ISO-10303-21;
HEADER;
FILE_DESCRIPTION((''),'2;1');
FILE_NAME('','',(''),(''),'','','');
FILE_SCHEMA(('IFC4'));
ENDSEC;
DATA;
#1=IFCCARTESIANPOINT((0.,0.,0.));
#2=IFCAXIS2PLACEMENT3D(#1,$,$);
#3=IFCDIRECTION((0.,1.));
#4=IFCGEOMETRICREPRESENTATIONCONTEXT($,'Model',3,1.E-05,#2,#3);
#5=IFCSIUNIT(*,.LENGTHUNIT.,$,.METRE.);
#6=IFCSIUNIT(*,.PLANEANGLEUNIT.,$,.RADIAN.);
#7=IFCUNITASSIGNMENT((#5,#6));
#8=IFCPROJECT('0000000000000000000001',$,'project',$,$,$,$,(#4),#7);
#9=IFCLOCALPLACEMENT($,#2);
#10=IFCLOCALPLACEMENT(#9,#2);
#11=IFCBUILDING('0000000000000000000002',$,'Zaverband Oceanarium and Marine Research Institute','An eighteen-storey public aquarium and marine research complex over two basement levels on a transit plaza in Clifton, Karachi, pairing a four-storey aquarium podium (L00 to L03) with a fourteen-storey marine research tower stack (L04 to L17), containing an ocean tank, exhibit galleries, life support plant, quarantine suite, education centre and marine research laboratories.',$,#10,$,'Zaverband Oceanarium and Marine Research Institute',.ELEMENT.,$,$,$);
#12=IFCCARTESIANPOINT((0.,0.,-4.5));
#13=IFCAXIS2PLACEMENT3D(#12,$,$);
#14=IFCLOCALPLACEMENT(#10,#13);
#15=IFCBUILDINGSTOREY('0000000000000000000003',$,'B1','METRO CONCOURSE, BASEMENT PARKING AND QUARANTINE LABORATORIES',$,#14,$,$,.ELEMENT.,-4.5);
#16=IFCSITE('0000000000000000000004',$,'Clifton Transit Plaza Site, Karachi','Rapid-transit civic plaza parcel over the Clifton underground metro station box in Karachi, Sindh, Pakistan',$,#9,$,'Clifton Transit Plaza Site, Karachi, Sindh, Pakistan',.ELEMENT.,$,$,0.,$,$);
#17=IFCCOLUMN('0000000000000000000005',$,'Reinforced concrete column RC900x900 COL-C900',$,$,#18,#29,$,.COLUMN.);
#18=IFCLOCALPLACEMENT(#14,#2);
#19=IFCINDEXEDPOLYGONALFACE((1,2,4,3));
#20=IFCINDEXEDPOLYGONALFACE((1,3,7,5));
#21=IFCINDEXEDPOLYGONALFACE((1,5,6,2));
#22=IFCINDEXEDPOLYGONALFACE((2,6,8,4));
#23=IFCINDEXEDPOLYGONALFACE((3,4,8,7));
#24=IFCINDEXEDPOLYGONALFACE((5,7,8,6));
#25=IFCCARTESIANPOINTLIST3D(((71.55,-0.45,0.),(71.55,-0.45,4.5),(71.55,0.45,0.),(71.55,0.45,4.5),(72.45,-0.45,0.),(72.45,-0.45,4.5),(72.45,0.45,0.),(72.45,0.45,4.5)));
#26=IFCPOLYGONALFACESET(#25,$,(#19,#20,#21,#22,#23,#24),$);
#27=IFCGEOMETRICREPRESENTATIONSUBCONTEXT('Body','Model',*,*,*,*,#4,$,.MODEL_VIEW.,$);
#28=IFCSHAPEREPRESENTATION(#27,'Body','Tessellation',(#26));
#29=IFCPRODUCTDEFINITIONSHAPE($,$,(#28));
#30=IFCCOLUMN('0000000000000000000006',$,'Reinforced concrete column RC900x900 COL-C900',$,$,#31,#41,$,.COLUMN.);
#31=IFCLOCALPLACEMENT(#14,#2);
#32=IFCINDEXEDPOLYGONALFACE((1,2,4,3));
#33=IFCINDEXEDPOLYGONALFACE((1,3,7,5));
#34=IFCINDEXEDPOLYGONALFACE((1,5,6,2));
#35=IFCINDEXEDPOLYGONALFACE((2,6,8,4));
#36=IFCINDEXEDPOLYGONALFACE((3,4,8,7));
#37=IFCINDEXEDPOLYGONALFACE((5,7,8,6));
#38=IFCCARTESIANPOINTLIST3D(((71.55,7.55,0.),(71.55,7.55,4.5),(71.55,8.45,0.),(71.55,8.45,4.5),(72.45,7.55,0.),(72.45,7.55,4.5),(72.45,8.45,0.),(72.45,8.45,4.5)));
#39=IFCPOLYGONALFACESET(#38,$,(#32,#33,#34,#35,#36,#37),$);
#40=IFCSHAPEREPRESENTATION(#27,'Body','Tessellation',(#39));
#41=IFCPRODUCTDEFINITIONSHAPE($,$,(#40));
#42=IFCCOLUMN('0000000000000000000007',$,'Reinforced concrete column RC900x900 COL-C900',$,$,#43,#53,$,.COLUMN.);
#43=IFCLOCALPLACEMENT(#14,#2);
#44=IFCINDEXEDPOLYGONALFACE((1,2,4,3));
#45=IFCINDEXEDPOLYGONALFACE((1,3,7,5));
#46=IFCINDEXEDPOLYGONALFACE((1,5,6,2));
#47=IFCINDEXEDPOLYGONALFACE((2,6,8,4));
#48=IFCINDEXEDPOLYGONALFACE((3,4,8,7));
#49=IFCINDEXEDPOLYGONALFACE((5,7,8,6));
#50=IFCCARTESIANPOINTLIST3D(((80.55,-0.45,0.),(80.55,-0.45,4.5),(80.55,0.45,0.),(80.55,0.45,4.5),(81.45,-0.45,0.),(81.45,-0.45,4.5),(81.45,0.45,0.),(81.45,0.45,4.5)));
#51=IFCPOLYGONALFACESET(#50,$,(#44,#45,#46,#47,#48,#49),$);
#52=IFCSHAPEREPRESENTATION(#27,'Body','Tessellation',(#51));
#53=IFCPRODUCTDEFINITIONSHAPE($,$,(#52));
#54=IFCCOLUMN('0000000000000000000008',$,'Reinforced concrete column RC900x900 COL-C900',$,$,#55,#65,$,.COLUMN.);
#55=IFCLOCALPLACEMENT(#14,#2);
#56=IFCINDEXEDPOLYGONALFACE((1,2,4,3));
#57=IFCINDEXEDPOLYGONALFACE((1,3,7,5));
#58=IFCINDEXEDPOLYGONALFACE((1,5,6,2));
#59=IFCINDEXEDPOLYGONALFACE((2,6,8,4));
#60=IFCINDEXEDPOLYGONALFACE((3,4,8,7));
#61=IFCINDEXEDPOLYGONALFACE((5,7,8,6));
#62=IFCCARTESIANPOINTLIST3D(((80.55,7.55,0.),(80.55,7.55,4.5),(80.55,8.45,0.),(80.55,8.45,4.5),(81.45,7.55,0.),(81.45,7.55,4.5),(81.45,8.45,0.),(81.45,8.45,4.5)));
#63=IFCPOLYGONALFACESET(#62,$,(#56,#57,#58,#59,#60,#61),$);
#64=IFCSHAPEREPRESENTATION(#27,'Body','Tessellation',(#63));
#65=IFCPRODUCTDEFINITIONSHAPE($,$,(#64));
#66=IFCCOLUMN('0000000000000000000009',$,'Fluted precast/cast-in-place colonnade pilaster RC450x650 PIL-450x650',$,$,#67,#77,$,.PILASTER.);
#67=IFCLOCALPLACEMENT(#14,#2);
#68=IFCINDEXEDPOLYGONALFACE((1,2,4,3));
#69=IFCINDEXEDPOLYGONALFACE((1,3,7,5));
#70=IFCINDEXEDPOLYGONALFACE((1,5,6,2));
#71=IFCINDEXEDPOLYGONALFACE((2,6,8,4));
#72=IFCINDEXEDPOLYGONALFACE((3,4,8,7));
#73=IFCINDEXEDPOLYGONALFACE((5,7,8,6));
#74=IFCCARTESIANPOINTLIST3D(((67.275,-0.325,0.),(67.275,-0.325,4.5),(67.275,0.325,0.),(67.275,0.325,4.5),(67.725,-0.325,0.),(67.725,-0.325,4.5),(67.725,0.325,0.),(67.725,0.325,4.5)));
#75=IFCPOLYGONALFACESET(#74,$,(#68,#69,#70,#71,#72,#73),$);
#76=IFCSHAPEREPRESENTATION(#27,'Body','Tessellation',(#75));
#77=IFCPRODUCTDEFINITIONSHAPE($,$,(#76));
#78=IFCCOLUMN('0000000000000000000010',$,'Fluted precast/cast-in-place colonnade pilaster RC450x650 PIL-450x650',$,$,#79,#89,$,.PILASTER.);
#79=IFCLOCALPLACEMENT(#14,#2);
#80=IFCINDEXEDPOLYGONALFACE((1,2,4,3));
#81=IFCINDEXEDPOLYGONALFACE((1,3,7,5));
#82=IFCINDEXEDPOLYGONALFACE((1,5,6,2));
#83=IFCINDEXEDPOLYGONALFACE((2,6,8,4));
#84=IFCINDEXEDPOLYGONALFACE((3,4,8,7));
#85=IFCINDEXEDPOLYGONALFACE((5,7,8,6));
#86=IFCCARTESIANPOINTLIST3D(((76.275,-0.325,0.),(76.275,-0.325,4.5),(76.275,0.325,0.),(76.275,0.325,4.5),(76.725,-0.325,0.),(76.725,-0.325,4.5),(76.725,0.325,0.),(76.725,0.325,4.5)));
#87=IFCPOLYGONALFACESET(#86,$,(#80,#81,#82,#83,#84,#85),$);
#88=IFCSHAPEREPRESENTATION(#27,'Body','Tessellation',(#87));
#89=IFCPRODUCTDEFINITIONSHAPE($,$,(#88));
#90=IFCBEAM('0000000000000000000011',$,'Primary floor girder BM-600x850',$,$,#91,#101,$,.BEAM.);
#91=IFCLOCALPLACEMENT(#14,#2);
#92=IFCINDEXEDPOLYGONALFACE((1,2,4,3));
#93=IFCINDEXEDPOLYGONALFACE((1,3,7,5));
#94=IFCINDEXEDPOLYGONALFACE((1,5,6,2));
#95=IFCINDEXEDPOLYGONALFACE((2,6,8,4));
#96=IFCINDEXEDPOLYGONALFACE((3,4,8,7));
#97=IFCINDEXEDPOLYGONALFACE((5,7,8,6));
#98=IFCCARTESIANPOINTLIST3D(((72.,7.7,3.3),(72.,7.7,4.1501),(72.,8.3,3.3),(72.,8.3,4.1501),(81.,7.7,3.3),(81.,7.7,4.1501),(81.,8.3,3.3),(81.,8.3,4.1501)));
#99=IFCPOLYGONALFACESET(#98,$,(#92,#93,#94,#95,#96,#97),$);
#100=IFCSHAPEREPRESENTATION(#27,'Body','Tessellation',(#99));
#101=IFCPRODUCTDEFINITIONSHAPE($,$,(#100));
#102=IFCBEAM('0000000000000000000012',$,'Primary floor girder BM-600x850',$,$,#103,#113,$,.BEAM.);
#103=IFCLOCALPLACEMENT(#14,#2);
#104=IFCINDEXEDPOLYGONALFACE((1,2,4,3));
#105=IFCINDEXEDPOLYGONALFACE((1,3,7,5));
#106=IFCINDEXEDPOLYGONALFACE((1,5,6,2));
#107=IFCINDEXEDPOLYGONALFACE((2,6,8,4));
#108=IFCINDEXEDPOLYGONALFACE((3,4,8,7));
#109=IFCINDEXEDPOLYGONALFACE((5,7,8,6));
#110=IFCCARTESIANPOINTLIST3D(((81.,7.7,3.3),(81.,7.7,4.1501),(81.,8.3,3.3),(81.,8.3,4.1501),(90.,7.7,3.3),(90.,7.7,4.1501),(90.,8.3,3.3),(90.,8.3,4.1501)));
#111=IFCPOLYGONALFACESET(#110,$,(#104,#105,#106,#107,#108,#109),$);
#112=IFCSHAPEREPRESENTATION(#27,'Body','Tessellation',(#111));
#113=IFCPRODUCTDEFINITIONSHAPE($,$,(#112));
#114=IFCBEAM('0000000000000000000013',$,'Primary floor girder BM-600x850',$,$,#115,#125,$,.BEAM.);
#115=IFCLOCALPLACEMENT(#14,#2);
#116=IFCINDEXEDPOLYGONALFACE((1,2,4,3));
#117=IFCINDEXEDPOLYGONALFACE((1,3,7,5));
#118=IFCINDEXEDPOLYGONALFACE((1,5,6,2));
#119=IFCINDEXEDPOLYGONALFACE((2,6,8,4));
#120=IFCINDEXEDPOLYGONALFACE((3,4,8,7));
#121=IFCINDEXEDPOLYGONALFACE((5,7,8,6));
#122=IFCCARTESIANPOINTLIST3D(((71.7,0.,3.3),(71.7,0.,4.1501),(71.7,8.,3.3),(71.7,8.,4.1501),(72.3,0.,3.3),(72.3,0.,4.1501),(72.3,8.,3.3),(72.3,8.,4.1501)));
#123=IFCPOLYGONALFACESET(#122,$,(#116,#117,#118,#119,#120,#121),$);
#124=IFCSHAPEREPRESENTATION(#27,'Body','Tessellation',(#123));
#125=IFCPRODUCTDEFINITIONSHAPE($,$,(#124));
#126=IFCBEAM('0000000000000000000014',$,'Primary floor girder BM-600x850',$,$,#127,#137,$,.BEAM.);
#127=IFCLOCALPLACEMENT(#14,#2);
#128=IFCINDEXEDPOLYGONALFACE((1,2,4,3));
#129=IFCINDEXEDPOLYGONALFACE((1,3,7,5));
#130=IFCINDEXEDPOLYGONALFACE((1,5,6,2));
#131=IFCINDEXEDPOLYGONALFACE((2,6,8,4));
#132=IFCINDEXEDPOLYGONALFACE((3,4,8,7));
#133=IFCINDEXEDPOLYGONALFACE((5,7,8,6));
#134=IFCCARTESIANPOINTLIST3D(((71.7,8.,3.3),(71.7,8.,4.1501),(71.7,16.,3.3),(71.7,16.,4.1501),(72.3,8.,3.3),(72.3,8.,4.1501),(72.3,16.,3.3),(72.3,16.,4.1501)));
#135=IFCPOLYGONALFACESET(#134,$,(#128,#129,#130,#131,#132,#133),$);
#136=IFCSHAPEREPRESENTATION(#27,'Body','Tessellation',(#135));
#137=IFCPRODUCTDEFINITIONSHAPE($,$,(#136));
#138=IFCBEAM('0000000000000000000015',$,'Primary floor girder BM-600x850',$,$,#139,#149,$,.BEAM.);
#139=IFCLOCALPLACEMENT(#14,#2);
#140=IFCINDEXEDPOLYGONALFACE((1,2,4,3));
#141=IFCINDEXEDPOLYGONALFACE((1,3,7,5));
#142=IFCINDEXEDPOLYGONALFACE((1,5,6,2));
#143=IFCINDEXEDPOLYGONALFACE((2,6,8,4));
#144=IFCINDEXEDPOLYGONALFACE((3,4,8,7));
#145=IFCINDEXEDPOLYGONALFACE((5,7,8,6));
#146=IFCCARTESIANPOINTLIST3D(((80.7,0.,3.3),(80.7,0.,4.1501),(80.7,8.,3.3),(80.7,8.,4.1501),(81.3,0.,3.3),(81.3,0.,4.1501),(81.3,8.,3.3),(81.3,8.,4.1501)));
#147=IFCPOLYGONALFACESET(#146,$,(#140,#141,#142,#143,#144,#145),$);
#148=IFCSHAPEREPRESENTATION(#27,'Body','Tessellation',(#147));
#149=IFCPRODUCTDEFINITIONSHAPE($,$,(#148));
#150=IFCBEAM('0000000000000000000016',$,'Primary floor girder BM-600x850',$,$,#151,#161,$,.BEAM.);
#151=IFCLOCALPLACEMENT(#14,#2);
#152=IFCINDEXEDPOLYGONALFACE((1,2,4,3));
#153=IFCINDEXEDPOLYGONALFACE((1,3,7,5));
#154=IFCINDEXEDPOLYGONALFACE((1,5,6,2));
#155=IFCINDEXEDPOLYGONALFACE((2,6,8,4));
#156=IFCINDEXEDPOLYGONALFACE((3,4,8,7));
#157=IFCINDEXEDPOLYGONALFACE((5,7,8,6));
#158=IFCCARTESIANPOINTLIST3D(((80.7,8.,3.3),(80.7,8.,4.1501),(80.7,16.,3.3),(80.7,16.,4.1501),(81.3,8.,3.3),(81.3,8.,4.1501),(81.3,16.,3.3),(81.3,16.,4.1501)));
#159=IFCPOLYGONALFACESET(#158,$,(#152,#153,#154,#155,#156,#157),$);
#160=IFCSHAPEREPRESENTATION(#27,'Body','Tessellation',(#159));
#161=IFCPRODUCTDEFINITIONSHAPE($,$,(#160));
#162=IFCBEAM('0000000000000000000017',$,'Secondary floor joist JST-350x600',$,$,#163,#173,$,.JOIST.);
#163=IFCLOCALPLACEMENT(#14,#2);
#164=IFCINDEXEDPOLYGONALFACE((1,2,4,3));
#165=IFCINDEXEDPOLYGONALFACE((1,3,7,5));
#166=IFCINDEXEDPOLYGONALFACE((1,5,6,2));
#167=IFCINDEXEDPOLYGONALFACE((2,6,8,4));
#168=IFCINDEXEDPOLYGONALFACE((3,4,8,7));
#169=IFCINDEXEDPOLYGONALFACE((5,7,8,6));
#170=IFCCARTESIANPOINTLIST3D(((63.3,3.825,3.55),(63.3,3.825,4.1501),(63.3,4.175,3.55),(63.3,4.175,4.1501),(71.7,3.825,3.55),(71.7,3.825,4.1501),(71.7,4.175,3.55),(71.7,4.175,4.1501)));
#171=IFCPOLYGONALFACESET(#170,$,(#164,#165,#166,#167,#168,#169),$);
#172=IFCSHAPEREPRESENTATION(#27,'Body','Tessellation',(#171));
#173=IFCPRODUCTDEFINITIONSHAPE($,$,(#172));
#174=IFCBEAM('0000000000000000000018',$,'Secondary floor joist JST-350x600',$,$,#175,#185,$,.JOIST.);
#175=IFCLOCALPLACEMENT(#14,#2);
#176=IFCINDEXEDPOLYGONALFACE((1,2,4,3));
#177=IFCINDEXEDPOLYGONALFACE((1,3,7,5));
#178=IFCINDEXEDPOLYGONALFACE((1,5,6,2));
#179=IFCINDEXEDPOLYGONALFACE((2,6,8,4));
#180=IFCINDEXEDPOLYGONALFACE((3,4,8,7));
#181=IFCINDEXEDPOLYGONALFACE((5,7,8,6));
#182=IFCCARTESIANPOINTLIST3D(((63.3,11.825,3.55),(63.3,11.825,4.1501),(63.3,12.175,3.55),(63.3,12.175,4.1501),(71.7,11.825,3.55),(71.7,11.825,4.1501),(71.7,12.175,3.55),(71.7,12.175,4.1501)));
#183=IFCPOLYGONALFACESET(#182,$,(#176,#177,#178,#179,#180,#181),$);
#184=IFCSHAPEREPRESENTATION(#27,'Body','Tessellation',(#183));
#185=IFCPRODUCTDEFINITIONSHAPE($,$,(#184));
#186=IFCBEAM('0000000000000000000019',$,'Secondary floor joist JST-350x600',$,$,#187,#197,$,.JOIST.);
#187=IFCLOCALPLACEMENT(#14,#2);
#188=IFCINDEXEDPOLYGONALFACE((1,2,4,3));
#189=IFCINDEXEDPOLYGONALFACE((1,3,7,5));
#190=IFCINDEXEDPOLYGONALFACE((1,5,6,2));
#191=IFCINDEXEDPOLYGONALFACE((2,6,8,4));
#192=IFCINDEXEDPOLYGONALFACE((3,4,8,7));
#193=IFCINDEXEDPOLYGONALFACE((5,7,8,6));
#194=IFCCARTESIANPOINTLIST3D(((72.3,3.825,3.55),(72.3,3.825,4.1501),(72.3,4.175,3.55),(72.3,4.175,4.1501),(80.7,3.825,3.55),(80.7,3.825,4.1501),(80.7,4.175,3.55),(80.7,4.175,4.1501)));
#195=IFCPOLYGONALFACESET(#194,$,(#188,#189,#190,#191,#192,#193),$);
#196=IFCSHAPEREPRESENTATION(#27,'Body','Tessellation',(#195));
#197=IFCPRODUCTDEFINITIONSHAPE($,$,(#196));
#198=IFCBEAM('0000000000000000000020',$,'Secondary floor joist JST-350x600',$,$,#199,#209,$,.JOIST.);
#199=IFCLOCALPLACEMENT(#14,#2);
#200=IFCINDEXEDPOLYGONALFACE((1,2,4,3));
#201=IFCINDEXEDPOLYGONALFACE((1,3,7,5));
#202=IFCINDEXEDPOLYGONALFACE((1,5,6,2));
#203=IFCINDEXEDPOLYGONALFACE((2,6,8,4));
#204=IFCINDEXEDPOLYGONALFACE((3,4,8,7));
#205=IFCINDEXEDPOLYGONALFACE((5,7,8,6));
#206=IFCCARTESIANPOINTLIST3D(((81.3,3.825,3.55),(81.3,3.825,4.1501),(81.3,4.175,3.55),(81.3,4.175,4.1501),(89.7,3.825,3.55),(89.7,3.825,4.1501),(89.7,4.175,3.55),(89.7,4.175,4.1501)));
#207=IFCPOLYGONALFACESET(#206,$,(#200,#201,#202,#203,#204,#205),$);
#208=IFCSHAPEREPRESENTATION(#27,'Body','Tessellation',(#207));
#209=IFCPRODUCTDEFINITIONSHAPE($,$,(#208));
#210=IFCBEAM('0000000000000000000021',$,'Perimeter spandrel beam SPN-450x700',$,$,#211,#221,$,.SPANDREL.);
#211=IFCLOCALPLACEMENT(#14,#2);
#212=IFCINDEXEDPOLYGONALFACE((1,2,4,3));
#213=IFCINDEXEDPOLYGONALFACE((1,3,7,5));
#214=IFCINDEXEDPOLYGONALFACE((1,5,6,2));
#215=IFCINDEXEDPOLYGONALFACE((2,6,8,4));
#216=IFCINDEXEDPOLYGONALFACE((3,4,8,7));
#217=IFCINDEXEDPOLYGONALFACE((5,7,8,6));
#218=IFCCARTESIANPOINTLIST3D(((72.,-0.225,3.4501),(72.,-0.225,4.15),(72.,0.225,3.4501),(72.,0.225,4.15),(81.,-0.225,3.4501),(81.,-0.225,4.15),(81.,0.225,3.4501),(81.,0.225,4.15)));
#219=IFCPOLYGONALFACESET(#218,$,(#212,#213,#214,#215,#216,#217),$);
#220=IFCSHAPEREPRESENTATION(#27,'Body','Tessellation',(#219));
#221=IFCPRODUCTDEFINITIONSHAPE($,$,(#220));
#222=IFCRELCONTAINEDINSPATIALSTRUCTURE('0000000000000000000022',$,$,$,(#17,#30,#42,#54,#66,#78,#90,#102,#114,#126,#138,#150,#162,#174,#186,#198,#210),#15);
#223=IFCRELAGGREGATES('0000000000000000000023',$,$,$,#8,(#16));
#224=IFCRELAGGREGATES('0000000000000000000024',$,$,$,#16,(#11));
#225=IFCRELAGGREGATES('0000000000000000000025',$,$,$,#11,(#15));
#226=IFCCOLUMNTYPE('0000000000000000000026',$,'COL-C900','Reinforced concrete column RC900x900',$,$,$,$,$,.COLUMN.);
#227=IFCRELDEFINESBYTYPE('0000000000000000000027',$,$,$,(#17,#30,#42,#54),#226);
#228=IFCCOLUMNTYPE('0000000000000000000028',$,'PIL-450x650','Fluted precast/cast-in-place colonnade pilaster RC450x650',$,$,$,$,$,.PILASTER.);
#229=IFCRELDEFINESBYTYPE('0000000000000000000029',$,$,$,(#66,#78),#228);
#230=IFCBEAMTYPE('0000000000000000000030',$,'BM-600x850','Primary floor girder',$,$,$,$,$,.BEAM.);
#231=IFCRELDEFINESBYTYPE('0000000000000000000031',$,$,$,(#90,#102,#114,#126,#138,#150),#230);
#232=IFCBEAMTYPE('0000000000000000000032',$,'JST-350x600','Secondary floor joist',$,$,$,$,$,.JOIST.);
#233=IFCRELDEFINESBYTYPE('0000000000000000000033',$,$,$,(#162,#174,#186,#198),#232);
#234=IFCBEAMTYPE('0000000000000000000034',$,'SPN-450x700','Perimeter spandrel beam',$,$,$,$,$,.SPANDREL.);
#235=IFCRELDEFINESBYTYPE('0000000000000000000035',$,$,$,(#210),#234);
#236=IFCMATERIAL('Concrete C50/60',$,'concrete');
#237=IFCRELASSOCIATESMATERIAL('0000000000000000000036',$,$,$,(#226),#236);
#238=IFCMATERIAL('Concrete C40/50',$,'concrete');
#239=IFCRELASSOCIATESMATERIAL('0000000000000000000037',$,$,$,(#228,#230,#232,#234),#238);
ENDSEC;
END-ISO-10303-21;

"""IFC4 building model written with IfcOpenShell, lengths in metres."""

from ifc_helpers import new_model, si_unit, direction, frame, origin, origin_2d, place, context, subcontext, project, spatial, rectangle, extrude, material, material_profile, profile_set, type_object, element, save


model = new_model("IFC4")

# Units and contexts
model_context = context("Model", 3, precision=1e-05, world=origin(), true_north=direction((0.0, 1.0)))
body_context = subcontext(model_context, "Body", "Model", "MODEL_VIEW")
ifc_project = project(units=[si_unit("LENGTHUNIT", "METRE"), si_unit("PLANEANGLEUNIT", "RADIAN")], contexts=[model_context])

# Site, building, storey
site_placement = place(None, origin())
site = spatial("IfcSite", under=ifc_project, at=site_placement, Name="Clifton Transit Plaza Site, Karachi", Description="Rapid-transit civic plaza parcel over the Clifton underground metro station box in Karachi, Sindh, Pakistan", LongName="Clifton Transit Plaza Site, Karachi, Sindh, Pakistan", CompositionType="ELEMENT", RefElevation=0.0)
building_placement = place(site_placement, origin())
building = spatial("IfcBuilding", under=site, at=building_placement, Name="Zaverband Oceanarium and Marine Research Institute", Description="An eighteen-storey public aquarium and marine research complex over two basement levels on a transit plaza in Clifton, Karachi, pairing a four-storey aquarium podium (L00 to L03) with a fourteen-storey marine research tower stack (L04 to L17), containing an ocean tank, exhibit galleries, life support plant, quarantine suite, education centre and marine research laboratories.", LongName="Zaverband Oceanarium and Marine Research Institute", CompositionType="ELEMENT")
storey_placement = place(building_placement, frame((0.0, 0.0, -4.5)))
storey = spatial("IfcBuildingStorey", under=building, at=storey_placement, Name="B1", Description="METRO CONCOURSE, BASEMENT PARKING AND QUARANTINE LABORATORIES", CompositionType="ELEMENT", Elevation=-4.5)

# Columns
ifc_material_1 = material(Name="Concrete C50/60", Category="concrete")
ifc_material_profile_1 = material_profile(ifc_material_1, rectangle(XDim=0.8999, YDim=0.8999, at=origin_2d()), Name="RC900x900")
ifc_profile_set_1 = profile_set([ifc_material_profile_1], Name="Concrete C50/60")
column_type_1 = type_object("IfcColumnType", Name="COL-C900", Description="Reinforced concrete column RC900x900", PredefinedType="COLUMN", material=ifc_profile_set_1)
for number, where, z_axis, x_axis, name in (
    (1, (72.0, 0.0, 0.0), (0.0, 0.0, 1.0), (1.0, 0.0, 0.0), "Reinforced concrete column RC900x900 COL-C900"),
    (2, (72.0, 8.0, 0.0), (0.0, 0.0, 1.0), (1.0, 0.0, 0.0), "Reinforced concrete column RC900x900 COL-C900"),
    (3, (81.0, 0.0, 0.0), (0.0, 0.0, 1.0), (1.0, 0.0, 0.0), "Reinforced concrete column RC900x900 COL-C900"),
    (4, (81.0, 8.0, 0.0), (0.0, 0.0, 1.0), (1.0, 0.0, 0.0), "Reinforced concrete column RC900x900 COL-C900"),
):
    element("IfcColumn", number, at=place(storey_placement, frame(where, z_axis=z_axis, x_axis=x_axis)), inside=storey, type_object=column_type_1, Name=name, PredefinedType="COLUMN", context=body_context, shape_type="SweptSolid", body=[
        extrude(rectangle(XDim=0.8999, YDim=0.8999, at=origin_2d()), origin(), (0.0, 0.0, 1.0), 4.5),
    ])
ifc_material_2 = material(Name="Concrete C40/50", Category="concrete")
ifc_material_profile_2 = material_profile(ifc_material_2, rectangle(XDim=0.45, YDim=0.6499, at=origin_2d()), Name="RC450x650")
ifc_profile_set_2 = profile_set([ifc_material_profile_2], Name="Concrete C40/50")
column_type_2 = type_object("IfcColumnType", Name="PIL-450x650", Description="Fluted precast/cast-in-place colonnade pilaster RC450x650", PredefinedType="PILASTER", material=ifc_profile_set_2)
for number, where, z_axis, x_axis, name in (
    (5, (67.5, 0.0, 0.0), (0.0, 0.0, 1.0), (1.0, 0.0, 0.0), "Fluted precast/cast-in-place colonnade pilaster RC450x650 PIL-450x650"),
    (6, (76.5, 0.0, 0.0), (0.0, 0.0, 1.0), (1.0, 0.0, 0.0), "Fluted precast/cast-in-place colonnade pilaster RC450x650 PIL-450x650"),
):
    element("IfcColumn", number, at=place(storey_placement, frame(where, z_axis=z_axis, x_axis=x_axis)), inside=storey, type_object=column_type_2, Name=name, PredefinedType="PILASTER", context=body_context, shape_type="SweptSolid", body=[
        extrude(rectangle(XDim=0.45, YDim=0.6499, at=origin_2d()), origin(), (0.0, 0.0, 1.0), 4.5),
    ])

# Beams
ifc_material_profile_3 = material_profile(ifc_material_2, rectangle(XDim=0.6001, YDim=0.8501, at=origin_2d()), Name="RC600x850")
ifc_profile_set_3 = profile_set([ifc_material_profile_3], Name="Concrete C40/50")
beam_type_1 = type_object("IfcBeamType", Name="BM-600x850", Description="Primary floor girder", PredefinedType="BEAM", material=ifc_profile_set_3)
for number, where, z_axis, x_axis, name in (
    (7, (72.0, 8.0, 3.7251), (1.0, 0.0, 0.0), (0.0, 1.0, 0.0), "Primary floor girder BM-600x850"),
    (8, (81.0, 8.0, 3.7251), (1.0, 0.0, 0.0), (0.0, 1.0, 0.0), "Primary floor girder BM-600x850"),
):
    element("IfcBeam", number, at=place(storey_placement, frame(where, z_axis=z_axis, x_axis=x_axis)), inside=storey, type_object=beam_type_1, Name=name, PredefinedType="BEAM", context=body_context, shape_type="SweptSolid", body=[
        extrude(rectangle(XDim=0.6001, YDim=0.8501, at=origin_2d()), origin(), (0.0, 0.0, 1.0), 9.0),
    ])
for number, where, z_axis, x_axis, name in (
    (9, (72.0, 0.0, 3.7251), (0.0, 1.0, 0.0), (-1.0, 0.0, 0.0), "Primary floor girder BM-600x850"),
    (10, (72.0, 8.0, 3.7251), (0.0, 1.0, 0.0), (-1.0, 0.0, 0.0), "Primary floor girder BM-600x850"),
    (11, (81.0, 0.0, 3.7251), (0.0, 1.0, 0.0), (-1.0, 0.0, 0.0), "Primary floor girder BM-600x850"),
    (12, (81.0, 8.0, 3.7251), (0.0, 1.0, 0.0), (-1.0, 0.0, 0.0), "Primary floor girder BM-600x850"),
):
    element("IfcBeam", number, at=place(storey_placement, frame(where, z_axis=z_axis, x_axis=x_axis)), inside=storey, type_object=beam_type_1, Name=name, PredefinedType="BEAM", context=body_context, shape_type="SweptSolid", body=[
        extrude(rectangle(XDim=0.6001, YDim=0.8501, at=origin_2d()), origin(), (0.0, 0.0, 1.0), 8.0),
    ])
ifc_material_profile_4 = material_profile(ifc_material_2, rectangle(XDim=0.3501, YDim=0.6001, at=origin_2d()), Name="RC350x600")
ifc_profile_set_4 = profile_set([ifc_material_profile_4], Name="Concrete C40/50")
beam_type_2 = type_object("IfcBeamType", Name="JST-350x600", Description="Secondary floor joist", PredefinedType="JOIST", material=ifc_profile_set_4)
for number, where, z_axis, x_axis, name in (
    (13, (63.3, 4.0, 3.8501), (1.0, 0.0, 0.0), (0.0, 1.0, 0.0), "Secondary floor joist JST-350x600"),
    (14, (63.3, 12.0, 3.8501), (1.0, 0.0, 0.0), (0.0, 1.0, 0.0), "Secondary floor joist JST-350x600"),
    (15, (72.3, 4.0, 3.8501), (1.0, 0.0, 0.0), (0.0, 1.0, 0.0), "Secondary floor joist JST-350x600"),
    (16, (81.3, 4.0, 3.8501), (1.0, 0.0, 0.0), (0.0, 1.0, 0.0), "Secondary floor joist JST-350x600"),
):
    element("IfcBeam", number, at=place(storey_placement, frame(where, z_axis=z_axis, x_axis=x_axis)), inside=storey, type_object=beam_type_2, Name=name, PredefinedType="JOIST", context=body_context, shape_type="SweptSolid", body=[
        extrude(rectangle(XDim=0.3501, YDim=0.6001, at=origin_2d()), origin(), (0.0, 0.0, 1.0), 8.3999),
    ])
ifc_material_profile_5 = material_profile(ifc_material_2, rectangle(XDim=0.45, YDim=0.7, at=origin_2d()), Name="RC450x700")
ifc_profile_set_5 = profile_set([ifc_material_profile_5], Name="Concrete C40/50")
beam_type_3 = type_object("IfcBeamType", Name="SPN-450x700", Description="Perimeter spandrel beam", PredefinedType="SPANDREL", material=ifc_profile_set_5)
for number, where, z_axis, x_axis, name in (
    (17, (72.0, 0.0, 3.8), (1.0, 0.0, 0.0), (0.0, 1.0, 0.0), "Perimeter spandrel beam SPN-450x700"),
):
    element("IfcBeam", number, at=place(storey_placement, frame(where, z_axis=z_axis, x_axis=x_axis)), inside=storey, type_object=beam_type_3, Name=name, PredefinedType="SPANDREL", context=body_context, shape_type="SweptSolid", body=[
        extrude(rectangle(XDim=0.45, YDim=0.7, at=origin_2d()), origin(), (0.0, 0.0, 1.0), 9.0),
    ])

save(model, "model.ifc")
